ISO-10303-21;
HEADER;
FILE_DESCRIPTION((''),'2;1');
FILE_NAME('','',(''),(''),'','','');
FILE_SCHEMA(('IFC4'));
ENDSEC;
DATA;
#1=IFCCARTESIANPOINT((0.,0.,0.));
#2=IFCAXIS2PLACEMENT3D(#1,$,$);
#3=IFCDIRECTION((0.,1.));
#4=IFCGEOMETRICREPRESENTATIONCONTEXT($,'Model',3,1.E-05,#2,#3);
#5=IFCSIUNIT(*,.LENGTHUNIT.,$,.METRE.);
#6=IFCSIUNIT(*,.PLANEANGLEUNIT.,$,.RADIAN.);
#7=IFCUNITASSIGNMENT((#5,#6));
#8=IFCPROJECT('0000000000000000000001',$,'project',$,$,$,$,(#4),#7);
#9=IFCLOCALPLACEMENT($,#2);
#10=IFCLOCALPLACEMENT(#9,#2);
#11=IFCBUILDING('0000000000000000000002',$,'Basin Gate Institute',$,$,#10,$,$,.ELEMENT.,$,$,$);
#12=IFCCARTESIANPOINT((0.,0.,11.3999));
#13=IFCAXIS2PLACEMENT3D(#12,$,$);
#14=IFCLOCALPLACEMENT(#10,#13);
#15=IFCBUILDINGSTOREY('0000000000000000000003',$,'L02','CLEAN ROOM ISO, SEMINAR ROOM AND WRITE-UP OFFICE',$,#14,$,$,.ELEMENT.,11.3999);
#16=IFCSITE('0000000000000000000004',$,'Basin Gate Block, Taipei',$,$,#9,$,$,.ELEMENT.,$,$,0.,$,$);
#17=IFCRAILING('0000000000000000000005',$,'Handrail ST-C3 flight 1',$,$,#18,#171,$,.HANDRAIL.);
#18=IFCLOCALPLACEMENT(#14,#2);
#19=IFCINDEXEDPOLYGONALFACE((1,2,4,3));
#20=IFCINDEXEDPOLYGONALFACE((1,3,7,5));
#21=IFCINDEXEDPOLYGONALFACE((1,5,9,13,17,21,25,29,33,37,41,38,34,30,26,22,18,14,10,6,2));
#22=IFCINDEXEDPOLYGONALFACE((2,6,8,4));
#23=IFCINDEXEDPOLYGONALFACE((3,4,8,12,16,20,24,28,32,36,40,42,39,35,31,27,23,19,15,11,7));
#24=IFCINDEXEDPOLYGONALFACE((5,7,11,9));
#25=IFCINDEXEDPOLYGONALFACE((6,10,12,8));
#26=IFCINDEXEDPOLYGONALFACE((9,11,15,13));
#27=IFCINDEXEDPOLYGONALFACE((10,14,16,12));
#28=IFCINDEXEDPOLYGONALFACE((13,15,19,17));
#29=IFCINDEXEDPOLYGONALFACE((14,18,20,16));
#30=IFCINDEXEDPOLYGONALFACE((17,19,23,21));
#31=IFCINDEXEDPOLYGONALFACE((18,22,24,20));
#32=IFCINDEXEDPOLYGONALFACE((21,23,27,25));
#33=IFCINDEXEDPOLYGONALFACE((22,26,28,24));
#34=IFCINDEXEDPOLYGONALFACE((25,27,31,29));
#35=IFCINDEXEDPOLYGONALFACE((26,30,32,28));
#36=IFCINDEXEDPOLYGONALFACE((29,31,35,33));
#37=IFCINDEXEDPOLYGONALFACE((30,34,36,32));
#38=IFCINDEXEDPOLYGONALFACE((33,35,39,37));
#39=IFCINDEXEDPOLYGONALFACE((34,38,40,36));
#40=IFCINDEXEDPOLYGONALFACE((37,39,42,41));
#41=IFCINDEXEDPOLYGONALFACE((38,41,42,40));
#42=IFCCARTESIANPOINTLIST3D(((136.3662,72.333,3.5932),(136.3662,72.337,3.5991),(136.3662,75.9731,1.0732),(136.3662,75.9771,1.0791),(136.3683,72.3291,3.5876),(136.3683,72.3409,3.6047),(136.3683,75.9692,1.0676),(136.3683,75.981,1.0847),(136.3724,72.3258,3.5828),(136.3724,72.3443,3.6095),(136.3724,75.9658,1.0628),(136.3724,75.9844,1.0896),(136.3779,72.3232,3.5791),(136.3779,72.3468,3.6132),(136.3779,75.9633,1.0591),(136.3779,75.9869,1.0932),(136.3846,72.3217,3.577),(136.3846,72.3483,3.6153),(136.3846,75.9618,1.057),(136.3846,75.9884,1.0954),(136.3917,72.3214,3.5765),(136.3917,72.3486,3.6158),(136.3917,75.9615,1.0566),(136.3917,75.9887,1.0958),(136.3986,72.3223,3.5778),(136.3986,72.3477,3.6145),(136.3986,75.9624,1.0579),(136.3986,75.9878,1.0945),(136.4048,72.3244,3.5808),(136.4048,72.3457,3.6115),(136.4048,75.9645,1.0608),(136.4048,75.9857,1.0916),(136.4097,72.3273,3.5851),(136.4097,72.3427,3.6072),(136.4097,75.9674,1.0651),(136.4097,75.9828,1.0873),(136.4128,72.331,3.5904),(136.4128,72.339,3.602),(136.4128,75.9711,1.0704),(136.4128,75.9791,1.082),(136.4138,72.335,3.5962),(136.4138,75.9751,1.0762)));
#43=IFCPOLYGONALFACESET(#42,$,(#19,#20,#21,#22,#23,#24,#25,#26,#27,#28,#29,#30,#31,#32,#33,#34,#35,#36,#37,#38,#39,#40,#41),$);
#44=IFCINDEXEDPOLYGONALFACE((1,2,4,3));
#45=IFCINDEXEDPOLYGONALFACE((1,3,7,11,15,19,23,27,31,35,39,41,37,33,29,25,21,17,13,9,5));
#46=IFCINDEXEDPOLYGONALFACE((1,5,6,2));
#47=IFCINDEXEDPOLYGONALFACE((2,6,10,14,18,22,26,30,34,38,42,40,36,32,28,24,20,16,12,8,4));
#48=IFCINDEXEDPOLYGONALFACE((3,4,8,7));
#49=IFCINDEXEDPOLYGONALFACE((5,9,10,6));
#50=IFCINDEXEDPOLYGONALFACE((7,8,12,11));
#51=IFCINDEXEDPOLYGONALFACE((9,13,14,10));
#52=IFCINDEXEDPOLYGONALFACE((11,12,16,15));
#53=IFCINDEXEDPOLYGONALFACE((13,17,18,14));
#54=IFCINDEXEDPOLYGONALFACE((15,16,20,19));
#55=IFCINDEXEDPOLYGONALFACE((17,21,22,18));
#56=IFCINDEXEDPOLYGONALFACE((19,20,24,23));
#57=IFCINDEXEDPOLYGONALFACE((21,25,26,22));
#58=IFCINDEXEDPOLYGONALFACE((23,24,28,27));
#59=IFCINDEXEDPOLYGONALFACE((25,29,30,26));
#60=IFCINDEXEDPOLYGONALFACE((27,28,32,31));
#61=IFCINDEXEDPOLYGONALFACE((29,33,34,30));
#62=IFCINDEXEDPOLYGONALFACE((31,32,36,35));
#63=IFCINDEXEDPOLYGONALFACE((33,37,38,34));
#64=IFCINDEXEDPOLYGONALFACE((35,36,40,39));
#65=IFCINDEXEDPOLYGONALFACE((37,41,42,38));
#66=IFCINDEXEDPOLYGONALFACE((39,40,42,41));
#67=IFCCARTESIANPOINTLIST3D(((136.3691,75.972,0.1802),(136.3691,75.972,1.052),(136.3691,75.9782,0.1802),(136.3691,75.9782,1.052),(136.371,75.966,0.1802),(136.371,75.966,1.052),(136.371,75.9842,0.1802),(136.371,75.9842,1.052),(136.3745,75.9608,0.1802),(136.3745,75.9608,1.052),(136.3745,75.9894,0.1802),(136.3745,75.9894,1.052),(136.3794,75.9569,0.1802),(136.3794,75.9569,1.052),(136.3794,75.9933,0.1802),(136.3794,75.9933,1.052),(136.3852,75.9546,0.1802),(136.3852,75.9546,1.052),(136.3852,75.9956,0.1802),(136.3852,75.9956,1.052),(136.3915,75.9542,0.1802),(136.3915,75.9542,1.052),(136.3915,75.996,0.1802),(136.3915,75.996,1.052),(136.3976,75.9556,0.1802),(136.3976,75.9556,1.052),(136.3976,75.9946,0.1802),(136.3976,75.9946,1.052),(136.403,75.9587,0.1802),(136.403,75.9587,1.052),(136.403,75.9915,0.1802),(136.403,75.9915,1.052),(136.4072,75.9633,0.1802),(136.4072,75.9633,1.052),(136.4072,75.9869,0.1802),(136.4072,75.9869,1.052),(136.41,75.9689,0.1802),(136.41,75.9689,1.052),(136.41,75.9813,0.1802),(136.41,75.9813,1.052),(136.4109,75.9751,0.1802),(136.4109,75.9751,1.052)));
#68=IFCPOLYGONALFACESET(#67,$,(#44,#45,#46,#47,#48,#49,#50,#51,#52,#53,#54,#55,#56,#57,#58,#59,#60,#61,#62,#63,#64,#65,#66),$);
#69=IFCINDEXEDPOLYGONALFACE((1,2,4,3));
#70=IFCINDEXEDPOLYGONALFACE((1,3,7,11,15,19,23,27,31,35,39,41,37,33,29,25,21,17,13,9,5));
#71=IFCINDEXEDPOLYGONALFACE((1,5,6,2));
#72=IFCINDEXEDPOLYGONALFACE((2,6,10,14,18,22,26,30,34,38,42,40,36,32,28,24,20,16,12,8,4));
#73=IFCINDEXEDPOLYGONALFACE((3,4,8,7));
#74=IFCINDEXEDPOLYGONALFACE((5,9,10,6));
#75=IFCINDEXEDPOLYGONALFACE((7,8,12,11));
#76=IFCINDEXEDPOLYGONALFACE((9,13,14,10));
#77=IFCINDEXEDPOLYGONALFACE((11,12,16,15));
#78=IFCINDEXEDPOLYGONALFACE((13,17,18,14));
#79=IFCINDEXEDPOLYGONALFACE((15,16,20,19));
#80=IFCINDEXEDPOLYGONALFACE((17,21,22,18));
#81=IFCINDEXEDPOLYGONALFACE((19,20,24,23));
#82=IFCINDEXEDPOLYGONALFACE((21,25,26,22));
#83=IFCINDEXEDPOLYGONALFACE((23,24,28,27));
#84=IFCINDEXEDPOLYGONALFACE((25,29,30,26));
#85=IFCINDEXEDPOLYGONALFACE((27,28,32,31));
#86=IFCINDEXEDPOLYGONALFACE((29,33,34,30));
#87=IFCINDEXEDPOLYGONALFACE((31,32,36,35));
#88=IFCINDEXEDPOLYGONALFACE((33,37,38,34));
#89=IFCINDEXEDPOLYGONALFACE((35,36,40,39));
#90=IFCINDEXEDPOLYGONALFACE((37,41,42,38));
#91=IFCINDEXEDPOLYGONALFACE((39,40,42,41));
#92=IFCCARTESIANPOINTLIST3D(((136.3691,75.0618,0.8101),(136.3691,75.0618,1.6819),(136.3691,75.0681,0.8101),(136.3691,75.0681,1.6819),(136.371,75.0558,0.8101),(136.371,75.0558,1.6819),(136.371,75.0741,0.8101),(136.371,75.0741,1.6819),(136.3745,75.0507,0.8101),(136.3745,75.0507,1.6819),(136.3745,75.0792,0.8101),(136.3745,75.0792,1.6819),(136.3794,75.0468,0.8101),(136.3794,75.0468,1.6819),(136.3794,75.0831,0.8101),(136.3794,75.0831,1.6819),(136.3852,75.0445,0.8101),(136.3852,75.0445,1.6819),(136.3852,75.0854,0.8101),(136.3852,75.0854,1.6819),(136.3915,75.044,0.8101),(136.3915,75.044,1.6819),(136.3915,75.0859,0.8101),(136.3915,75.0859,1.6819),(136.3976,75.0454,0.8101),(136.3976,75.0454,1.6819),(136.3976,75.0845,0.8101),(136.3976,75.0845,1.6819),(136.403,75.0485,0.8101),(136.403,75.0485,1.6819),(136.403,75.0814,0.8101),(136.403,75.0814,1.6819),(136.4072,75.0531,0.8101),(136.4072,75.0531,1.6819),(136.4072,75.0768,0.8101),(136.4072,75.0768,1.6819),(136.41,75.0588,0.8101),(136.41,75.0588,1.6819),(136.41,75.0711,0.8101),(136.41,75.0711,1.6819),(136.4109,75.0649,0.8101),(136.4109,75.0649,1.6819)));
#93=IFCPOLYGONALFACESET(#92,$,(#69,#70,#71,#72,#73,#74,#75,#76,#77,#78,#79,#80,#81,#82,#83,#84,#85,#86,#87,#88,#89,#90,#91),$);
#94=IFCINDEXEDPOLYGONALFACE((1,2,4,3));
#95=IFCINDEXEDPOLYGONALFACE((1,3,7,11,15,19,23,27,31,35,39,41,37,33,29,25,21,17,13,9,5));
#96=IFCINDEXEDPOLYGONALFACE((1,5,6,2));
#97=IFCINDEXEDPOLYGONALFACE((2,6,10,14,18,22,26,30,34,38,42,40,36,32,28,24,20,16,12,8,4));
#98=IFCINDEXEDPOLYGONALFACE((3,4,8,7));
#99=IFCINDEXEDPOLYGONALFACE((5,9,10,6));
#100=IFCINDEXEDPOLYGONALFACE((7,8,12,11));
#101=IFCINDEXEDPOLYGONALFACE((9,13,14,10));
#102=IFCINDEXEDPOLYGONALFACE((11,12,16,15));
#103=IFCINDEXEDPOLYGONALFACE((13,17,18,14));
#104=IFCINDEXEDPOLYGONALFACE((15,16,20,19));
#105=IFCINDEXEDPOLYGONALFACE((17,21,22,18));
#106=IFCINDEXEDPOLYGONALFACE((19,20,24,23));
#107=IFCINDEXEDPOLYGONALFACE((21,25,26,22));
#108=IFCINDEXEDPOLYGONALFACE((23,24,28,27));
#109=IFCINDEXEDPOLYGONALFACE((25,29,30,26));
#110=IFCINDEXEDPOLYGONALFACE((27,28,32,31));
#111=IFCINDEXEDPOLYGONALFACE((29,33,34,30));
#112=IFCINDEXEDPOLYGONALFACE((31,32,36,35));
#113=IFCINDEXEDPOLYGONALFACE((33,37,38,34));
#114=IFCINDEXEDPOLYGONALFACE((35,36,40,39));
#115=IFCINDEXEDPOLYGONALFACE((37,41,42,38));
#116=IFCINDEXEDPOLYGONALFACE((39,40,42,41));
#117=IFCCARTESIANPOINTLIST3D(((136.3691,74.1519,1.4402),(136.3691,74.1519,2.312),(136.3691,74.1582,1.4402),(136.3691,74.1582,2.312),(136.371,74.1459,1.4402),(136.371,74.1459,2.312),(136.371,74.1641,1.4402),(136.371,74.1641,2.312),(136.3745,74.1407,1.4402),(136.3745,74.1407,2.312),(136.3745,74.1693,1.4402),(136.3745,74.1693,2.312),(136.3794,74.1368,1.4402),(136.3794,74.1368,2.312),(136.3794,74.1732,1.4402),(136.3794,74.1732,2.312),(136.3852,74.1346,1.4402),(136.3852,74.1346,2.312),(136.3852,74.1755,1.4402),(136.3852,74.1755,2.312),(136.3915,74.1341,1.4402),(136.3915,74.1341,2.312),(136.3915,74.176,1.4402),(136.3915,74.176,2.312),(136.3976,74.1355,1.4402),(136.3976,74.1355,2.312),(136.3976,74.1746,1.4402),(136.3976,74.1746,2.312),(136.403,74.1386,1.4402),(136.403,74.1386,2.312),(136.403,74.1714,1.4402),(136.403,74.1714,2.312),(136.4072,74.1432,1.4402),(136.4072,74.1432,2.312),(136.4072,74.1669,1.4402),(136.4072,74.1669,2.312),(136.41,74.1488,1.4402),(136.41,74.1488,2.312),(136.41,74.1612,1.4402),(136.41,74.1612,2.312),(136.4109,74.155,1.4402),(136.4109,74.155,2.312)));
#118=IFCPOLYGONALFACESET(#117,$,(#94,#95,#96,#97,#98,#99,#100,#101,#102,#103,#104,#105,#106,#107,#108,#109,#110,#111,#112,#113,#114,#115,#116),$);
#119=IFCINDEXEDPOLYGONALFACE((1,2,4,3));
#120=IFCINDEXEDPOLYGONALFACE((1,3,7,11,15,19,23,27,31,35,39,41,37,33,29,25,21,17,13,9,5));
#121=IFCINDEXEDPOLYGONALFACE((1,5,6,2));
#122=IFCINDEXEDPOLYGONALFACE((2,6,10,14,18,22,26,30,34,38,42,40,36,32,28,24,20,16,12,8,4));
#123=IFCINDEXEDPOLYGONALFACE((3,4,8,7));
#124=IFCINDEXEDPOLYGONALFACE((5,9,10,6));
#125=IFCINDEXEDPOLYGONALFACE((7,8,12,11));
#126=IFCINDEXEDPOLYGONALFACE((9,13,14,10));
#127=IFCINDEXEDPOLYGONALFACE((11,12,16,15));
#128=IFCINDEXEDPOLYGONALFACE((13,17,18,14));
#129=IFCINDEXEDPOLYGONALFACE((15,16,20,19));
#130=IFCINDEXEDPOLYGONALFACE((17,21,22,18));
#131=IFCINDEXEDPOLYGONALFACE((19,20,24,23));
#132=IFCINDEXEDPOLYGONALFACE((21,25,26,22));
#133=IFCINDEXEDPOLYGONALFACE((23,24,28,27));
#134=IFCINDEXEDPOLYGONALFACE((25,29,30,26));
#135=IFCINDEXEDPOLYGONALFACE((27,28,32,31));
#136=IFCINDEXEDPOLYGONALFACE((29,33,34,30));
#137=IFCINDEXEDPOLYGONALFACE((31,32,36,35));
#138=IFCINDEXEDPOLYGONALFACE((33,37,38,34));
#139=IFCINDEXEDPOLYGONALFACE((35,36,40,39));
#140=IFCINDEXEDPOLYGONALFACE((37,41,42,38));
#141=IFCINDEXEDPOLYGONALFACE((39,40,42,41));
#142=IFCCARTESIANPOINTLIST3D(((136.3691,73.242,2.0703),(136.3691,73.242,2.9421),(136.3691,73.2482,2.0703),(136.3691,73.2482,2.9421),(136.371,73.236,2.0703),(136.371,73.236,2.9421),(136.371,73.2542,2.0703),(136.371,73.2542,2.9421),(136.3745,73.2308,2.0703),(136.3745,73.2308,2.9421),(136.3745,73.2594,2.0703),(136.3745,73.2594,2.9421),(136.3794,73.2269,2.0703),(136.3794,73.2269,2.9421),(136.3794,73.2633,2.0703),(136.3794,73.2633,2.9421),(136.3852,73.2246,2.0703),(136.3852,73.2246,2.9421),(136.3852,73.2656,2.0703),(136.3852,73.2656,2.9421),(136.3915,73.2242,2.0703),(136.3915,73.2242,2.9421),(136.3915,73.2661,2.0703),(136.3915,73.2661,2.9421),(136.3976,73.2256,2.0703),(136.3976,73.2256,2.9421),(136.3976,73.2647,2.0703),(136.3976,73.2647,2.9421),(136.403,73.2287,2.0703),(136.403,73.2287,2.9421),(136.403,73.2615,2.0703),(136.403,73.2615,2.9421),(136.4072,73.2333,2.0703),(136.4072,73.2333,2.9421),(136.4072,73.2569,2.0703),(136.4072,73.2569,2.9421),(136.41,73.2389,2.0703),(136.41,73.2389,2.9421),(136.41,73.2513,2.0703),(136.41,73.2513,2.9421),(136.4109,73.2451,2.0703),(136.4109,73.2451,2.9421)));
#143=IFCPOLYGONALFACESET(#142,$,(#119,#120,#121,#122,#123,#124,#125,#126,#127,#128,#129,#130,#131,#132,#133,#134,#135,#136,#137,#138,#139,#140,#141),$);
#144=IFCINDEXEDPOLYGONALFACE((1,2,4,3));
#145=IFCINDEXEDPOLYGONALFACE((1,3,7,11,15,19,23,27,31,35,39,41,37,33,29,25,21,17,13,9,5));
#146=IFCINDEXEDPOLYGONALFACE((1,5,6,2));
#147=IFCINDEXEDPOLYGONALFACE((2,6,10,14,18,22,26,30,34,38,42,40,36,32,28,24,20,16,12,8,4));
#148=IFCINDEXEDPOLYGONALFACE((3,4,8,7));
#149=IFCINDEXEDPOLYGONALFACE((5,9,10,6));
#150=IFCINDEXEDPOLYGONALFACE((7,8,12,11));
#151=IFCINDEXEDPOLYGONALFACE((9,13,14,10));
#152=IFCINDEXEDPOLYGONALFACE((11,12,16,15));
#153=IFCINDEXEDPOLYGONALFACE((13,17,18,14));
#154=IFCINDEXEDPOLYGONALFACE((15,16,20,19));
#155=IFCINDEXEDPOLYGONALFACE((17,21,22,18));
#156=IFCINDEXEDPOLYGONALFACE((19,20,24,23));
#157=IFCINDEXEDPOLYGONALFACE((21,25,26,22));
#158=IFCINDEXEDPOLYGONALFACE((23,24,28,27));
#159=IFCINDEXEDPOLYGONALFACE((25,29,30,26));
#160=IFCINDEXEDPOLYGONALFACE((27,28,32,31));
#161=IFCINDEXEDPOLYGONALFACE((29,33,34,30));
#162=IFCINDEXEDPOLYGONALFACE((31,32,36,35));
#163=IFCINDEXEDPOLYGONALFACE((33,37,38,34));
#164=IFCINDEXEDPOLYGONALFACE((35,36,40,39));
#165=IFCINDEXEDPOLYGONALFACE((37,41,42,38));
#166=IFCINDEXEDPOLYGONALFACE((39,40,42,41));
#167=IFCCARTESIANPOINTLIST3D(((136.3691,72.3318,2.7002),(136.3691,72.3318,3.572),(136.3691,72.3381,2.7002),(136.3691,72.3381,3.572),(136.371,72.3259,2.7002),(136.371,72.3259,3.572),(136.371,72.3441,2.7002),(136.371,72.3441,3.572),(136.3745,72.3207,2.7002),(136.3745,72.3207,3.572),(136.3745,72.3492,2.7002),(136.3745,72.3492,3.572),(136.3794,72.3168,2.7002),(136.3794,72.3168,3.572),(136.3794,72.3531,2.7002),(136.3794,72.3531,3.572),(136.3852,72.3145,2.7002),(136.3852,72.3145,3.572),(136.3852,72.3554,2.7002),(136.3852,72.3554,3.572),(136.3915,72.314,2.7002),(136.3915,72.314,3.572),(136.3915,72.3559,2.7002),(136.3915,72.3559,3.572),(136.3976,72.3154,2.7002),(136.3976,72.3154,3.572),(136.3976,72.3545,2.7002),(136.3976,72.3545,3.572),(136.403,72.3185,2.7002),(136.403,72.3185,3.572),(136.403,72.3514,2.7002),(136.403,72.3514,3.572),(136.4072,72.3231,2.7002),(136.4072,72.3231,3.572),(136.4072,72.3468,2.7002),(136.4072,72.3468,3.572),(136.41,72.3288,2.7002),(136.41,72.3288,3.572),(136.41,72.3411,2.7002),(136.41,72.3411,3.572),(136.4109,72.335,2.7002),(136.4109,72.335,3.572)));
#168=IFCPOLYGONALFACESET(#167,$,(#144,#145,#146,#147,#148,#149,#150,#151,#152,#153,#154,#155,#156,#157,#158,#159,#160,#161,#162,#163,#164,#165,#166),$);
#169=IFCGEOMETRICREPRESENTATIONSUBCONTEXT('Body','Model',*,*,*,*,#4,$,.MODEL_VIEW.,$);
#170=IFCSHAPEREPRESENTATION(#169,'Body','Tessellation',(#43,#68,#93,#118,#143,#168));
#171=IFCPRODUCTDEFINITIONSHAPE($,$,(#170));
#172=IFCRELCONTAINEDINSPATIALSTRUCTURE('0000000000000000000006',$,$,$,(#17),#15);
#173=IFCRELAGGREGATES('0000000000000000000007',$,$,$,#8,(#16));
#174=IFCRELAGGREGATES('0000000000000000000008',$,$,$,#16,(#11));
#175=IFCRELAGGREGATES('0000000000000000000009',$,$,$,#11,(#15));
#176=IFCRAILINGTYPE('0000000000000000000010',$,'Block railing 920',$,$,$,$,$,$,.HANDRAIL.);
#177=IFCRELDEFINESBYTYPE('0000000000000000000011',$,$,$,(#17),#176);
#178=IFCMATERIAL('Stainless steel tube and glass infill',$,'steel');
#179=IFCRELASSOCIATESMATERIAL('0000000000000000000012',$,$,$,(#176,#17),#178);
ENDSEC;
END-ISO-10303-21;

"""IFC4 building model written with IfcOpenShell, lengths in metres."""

from ifc_helpers import new_model, si_unit, direction, frame, origin, origin_2d, place, context, subcontext, project, spatial, circle, extrude, material, type_object, element, save


model = new_model("IFC4")

# Units and contexts
model_context = context("Model", 3, precision=1e-05, world=origin(), true_north=direction((0.0, 1.0)))
body_context = subcontext(model_context, "Body", "Model", "MODEL_VIEW")
ifc_project = project(units=[si_unit("LENGTHUNIT", "METRE"), si_unit("PLANEANGLEUNIT", "RADIAN")], contexts=[model_context])

# Site, building, storey
site_placement = place(None, origin())
site = spatial("IfcSite", under=ifc_project, at=site_placement, Name="Basin Gate Block, Taipei", CompositionType="ELEMENT", RefElevation=0.0)
building_placement = place(site_placement, origin())
building = spatial("IfcBuilding", under=site, at=building_placement, Name="Basin Gate Institute", CompositionType="ELEMENT")
storey_placement = place(building_placement, frame((0.0, 0.0, 11.3999)))
storey = spatial("IfcBuildingStorey", under=building, at=storey_placement, Name="L02", Description="CLEAN ROOM ISO, SEMINAR ROOM AND WRITE-UP OFFICE", CompositionType="ELEMENT", Elevation=11.3999)

# Railing
ifc_material_1 = material(Name="Stainless steel tube and glass infill", Category="steel")
railing_type_1 = type_object("IfcRailingType", Name="Block railing 920", PredefinedType="HANDRAIL", material=ifc_material_1)
for number, where, name in (
    (1, (136.3899, 75.9751, 0.1802), "Handrail ST-C3 flight 1"),
):
    element("IfcRailing", number, at=place(storey_placement, frame(where)), inside=storey, type_object=railing_type_1, material=ifc_material_1, Name=name, PredefinedType="HANDRAIL", context=body_context, shape_type="SweptSolid", body=[
        extrude(circle(Radius=0.0239, at=origin_2d()), frame((0.0, 0.0, 0.896), z_axis=(0.0, -0.8222, 0.569199), x_axis=(1.0, 0.0, 0.0)), (0.0, 0.0, 1.0), 4.4272),
        extrude(circle(Radius=0.021, at=origin_2d()), origin(), (0.0, 0.0, 1.0), 0.8718),
        extrude(circle(Radius=0.021, at=origin_2d()), frame((0.0, -0.9102, 0.6299)), (0.0, 0.0, 1.0), 0.8718),
        extrude(circle(Radius=0.021, at=origin_2d()), frame((0.0, -1.8201, 1.26)), (0.0, 0.0, 1.0), 0.8718),
        extrude(circle(Radius=0.021, at=origin_2d()), frame((0.0, -2.73, 1.8901)), (0.0, 0.0, 1.0), 0.8718),
        extrude(circle(Radius=0.021, at=origin_2d()), frame((0.0, -3.6401, 2.52)), (0.0, 0.0, 1.0), 0.8718),
    ])

save(model, "model.ifc")
